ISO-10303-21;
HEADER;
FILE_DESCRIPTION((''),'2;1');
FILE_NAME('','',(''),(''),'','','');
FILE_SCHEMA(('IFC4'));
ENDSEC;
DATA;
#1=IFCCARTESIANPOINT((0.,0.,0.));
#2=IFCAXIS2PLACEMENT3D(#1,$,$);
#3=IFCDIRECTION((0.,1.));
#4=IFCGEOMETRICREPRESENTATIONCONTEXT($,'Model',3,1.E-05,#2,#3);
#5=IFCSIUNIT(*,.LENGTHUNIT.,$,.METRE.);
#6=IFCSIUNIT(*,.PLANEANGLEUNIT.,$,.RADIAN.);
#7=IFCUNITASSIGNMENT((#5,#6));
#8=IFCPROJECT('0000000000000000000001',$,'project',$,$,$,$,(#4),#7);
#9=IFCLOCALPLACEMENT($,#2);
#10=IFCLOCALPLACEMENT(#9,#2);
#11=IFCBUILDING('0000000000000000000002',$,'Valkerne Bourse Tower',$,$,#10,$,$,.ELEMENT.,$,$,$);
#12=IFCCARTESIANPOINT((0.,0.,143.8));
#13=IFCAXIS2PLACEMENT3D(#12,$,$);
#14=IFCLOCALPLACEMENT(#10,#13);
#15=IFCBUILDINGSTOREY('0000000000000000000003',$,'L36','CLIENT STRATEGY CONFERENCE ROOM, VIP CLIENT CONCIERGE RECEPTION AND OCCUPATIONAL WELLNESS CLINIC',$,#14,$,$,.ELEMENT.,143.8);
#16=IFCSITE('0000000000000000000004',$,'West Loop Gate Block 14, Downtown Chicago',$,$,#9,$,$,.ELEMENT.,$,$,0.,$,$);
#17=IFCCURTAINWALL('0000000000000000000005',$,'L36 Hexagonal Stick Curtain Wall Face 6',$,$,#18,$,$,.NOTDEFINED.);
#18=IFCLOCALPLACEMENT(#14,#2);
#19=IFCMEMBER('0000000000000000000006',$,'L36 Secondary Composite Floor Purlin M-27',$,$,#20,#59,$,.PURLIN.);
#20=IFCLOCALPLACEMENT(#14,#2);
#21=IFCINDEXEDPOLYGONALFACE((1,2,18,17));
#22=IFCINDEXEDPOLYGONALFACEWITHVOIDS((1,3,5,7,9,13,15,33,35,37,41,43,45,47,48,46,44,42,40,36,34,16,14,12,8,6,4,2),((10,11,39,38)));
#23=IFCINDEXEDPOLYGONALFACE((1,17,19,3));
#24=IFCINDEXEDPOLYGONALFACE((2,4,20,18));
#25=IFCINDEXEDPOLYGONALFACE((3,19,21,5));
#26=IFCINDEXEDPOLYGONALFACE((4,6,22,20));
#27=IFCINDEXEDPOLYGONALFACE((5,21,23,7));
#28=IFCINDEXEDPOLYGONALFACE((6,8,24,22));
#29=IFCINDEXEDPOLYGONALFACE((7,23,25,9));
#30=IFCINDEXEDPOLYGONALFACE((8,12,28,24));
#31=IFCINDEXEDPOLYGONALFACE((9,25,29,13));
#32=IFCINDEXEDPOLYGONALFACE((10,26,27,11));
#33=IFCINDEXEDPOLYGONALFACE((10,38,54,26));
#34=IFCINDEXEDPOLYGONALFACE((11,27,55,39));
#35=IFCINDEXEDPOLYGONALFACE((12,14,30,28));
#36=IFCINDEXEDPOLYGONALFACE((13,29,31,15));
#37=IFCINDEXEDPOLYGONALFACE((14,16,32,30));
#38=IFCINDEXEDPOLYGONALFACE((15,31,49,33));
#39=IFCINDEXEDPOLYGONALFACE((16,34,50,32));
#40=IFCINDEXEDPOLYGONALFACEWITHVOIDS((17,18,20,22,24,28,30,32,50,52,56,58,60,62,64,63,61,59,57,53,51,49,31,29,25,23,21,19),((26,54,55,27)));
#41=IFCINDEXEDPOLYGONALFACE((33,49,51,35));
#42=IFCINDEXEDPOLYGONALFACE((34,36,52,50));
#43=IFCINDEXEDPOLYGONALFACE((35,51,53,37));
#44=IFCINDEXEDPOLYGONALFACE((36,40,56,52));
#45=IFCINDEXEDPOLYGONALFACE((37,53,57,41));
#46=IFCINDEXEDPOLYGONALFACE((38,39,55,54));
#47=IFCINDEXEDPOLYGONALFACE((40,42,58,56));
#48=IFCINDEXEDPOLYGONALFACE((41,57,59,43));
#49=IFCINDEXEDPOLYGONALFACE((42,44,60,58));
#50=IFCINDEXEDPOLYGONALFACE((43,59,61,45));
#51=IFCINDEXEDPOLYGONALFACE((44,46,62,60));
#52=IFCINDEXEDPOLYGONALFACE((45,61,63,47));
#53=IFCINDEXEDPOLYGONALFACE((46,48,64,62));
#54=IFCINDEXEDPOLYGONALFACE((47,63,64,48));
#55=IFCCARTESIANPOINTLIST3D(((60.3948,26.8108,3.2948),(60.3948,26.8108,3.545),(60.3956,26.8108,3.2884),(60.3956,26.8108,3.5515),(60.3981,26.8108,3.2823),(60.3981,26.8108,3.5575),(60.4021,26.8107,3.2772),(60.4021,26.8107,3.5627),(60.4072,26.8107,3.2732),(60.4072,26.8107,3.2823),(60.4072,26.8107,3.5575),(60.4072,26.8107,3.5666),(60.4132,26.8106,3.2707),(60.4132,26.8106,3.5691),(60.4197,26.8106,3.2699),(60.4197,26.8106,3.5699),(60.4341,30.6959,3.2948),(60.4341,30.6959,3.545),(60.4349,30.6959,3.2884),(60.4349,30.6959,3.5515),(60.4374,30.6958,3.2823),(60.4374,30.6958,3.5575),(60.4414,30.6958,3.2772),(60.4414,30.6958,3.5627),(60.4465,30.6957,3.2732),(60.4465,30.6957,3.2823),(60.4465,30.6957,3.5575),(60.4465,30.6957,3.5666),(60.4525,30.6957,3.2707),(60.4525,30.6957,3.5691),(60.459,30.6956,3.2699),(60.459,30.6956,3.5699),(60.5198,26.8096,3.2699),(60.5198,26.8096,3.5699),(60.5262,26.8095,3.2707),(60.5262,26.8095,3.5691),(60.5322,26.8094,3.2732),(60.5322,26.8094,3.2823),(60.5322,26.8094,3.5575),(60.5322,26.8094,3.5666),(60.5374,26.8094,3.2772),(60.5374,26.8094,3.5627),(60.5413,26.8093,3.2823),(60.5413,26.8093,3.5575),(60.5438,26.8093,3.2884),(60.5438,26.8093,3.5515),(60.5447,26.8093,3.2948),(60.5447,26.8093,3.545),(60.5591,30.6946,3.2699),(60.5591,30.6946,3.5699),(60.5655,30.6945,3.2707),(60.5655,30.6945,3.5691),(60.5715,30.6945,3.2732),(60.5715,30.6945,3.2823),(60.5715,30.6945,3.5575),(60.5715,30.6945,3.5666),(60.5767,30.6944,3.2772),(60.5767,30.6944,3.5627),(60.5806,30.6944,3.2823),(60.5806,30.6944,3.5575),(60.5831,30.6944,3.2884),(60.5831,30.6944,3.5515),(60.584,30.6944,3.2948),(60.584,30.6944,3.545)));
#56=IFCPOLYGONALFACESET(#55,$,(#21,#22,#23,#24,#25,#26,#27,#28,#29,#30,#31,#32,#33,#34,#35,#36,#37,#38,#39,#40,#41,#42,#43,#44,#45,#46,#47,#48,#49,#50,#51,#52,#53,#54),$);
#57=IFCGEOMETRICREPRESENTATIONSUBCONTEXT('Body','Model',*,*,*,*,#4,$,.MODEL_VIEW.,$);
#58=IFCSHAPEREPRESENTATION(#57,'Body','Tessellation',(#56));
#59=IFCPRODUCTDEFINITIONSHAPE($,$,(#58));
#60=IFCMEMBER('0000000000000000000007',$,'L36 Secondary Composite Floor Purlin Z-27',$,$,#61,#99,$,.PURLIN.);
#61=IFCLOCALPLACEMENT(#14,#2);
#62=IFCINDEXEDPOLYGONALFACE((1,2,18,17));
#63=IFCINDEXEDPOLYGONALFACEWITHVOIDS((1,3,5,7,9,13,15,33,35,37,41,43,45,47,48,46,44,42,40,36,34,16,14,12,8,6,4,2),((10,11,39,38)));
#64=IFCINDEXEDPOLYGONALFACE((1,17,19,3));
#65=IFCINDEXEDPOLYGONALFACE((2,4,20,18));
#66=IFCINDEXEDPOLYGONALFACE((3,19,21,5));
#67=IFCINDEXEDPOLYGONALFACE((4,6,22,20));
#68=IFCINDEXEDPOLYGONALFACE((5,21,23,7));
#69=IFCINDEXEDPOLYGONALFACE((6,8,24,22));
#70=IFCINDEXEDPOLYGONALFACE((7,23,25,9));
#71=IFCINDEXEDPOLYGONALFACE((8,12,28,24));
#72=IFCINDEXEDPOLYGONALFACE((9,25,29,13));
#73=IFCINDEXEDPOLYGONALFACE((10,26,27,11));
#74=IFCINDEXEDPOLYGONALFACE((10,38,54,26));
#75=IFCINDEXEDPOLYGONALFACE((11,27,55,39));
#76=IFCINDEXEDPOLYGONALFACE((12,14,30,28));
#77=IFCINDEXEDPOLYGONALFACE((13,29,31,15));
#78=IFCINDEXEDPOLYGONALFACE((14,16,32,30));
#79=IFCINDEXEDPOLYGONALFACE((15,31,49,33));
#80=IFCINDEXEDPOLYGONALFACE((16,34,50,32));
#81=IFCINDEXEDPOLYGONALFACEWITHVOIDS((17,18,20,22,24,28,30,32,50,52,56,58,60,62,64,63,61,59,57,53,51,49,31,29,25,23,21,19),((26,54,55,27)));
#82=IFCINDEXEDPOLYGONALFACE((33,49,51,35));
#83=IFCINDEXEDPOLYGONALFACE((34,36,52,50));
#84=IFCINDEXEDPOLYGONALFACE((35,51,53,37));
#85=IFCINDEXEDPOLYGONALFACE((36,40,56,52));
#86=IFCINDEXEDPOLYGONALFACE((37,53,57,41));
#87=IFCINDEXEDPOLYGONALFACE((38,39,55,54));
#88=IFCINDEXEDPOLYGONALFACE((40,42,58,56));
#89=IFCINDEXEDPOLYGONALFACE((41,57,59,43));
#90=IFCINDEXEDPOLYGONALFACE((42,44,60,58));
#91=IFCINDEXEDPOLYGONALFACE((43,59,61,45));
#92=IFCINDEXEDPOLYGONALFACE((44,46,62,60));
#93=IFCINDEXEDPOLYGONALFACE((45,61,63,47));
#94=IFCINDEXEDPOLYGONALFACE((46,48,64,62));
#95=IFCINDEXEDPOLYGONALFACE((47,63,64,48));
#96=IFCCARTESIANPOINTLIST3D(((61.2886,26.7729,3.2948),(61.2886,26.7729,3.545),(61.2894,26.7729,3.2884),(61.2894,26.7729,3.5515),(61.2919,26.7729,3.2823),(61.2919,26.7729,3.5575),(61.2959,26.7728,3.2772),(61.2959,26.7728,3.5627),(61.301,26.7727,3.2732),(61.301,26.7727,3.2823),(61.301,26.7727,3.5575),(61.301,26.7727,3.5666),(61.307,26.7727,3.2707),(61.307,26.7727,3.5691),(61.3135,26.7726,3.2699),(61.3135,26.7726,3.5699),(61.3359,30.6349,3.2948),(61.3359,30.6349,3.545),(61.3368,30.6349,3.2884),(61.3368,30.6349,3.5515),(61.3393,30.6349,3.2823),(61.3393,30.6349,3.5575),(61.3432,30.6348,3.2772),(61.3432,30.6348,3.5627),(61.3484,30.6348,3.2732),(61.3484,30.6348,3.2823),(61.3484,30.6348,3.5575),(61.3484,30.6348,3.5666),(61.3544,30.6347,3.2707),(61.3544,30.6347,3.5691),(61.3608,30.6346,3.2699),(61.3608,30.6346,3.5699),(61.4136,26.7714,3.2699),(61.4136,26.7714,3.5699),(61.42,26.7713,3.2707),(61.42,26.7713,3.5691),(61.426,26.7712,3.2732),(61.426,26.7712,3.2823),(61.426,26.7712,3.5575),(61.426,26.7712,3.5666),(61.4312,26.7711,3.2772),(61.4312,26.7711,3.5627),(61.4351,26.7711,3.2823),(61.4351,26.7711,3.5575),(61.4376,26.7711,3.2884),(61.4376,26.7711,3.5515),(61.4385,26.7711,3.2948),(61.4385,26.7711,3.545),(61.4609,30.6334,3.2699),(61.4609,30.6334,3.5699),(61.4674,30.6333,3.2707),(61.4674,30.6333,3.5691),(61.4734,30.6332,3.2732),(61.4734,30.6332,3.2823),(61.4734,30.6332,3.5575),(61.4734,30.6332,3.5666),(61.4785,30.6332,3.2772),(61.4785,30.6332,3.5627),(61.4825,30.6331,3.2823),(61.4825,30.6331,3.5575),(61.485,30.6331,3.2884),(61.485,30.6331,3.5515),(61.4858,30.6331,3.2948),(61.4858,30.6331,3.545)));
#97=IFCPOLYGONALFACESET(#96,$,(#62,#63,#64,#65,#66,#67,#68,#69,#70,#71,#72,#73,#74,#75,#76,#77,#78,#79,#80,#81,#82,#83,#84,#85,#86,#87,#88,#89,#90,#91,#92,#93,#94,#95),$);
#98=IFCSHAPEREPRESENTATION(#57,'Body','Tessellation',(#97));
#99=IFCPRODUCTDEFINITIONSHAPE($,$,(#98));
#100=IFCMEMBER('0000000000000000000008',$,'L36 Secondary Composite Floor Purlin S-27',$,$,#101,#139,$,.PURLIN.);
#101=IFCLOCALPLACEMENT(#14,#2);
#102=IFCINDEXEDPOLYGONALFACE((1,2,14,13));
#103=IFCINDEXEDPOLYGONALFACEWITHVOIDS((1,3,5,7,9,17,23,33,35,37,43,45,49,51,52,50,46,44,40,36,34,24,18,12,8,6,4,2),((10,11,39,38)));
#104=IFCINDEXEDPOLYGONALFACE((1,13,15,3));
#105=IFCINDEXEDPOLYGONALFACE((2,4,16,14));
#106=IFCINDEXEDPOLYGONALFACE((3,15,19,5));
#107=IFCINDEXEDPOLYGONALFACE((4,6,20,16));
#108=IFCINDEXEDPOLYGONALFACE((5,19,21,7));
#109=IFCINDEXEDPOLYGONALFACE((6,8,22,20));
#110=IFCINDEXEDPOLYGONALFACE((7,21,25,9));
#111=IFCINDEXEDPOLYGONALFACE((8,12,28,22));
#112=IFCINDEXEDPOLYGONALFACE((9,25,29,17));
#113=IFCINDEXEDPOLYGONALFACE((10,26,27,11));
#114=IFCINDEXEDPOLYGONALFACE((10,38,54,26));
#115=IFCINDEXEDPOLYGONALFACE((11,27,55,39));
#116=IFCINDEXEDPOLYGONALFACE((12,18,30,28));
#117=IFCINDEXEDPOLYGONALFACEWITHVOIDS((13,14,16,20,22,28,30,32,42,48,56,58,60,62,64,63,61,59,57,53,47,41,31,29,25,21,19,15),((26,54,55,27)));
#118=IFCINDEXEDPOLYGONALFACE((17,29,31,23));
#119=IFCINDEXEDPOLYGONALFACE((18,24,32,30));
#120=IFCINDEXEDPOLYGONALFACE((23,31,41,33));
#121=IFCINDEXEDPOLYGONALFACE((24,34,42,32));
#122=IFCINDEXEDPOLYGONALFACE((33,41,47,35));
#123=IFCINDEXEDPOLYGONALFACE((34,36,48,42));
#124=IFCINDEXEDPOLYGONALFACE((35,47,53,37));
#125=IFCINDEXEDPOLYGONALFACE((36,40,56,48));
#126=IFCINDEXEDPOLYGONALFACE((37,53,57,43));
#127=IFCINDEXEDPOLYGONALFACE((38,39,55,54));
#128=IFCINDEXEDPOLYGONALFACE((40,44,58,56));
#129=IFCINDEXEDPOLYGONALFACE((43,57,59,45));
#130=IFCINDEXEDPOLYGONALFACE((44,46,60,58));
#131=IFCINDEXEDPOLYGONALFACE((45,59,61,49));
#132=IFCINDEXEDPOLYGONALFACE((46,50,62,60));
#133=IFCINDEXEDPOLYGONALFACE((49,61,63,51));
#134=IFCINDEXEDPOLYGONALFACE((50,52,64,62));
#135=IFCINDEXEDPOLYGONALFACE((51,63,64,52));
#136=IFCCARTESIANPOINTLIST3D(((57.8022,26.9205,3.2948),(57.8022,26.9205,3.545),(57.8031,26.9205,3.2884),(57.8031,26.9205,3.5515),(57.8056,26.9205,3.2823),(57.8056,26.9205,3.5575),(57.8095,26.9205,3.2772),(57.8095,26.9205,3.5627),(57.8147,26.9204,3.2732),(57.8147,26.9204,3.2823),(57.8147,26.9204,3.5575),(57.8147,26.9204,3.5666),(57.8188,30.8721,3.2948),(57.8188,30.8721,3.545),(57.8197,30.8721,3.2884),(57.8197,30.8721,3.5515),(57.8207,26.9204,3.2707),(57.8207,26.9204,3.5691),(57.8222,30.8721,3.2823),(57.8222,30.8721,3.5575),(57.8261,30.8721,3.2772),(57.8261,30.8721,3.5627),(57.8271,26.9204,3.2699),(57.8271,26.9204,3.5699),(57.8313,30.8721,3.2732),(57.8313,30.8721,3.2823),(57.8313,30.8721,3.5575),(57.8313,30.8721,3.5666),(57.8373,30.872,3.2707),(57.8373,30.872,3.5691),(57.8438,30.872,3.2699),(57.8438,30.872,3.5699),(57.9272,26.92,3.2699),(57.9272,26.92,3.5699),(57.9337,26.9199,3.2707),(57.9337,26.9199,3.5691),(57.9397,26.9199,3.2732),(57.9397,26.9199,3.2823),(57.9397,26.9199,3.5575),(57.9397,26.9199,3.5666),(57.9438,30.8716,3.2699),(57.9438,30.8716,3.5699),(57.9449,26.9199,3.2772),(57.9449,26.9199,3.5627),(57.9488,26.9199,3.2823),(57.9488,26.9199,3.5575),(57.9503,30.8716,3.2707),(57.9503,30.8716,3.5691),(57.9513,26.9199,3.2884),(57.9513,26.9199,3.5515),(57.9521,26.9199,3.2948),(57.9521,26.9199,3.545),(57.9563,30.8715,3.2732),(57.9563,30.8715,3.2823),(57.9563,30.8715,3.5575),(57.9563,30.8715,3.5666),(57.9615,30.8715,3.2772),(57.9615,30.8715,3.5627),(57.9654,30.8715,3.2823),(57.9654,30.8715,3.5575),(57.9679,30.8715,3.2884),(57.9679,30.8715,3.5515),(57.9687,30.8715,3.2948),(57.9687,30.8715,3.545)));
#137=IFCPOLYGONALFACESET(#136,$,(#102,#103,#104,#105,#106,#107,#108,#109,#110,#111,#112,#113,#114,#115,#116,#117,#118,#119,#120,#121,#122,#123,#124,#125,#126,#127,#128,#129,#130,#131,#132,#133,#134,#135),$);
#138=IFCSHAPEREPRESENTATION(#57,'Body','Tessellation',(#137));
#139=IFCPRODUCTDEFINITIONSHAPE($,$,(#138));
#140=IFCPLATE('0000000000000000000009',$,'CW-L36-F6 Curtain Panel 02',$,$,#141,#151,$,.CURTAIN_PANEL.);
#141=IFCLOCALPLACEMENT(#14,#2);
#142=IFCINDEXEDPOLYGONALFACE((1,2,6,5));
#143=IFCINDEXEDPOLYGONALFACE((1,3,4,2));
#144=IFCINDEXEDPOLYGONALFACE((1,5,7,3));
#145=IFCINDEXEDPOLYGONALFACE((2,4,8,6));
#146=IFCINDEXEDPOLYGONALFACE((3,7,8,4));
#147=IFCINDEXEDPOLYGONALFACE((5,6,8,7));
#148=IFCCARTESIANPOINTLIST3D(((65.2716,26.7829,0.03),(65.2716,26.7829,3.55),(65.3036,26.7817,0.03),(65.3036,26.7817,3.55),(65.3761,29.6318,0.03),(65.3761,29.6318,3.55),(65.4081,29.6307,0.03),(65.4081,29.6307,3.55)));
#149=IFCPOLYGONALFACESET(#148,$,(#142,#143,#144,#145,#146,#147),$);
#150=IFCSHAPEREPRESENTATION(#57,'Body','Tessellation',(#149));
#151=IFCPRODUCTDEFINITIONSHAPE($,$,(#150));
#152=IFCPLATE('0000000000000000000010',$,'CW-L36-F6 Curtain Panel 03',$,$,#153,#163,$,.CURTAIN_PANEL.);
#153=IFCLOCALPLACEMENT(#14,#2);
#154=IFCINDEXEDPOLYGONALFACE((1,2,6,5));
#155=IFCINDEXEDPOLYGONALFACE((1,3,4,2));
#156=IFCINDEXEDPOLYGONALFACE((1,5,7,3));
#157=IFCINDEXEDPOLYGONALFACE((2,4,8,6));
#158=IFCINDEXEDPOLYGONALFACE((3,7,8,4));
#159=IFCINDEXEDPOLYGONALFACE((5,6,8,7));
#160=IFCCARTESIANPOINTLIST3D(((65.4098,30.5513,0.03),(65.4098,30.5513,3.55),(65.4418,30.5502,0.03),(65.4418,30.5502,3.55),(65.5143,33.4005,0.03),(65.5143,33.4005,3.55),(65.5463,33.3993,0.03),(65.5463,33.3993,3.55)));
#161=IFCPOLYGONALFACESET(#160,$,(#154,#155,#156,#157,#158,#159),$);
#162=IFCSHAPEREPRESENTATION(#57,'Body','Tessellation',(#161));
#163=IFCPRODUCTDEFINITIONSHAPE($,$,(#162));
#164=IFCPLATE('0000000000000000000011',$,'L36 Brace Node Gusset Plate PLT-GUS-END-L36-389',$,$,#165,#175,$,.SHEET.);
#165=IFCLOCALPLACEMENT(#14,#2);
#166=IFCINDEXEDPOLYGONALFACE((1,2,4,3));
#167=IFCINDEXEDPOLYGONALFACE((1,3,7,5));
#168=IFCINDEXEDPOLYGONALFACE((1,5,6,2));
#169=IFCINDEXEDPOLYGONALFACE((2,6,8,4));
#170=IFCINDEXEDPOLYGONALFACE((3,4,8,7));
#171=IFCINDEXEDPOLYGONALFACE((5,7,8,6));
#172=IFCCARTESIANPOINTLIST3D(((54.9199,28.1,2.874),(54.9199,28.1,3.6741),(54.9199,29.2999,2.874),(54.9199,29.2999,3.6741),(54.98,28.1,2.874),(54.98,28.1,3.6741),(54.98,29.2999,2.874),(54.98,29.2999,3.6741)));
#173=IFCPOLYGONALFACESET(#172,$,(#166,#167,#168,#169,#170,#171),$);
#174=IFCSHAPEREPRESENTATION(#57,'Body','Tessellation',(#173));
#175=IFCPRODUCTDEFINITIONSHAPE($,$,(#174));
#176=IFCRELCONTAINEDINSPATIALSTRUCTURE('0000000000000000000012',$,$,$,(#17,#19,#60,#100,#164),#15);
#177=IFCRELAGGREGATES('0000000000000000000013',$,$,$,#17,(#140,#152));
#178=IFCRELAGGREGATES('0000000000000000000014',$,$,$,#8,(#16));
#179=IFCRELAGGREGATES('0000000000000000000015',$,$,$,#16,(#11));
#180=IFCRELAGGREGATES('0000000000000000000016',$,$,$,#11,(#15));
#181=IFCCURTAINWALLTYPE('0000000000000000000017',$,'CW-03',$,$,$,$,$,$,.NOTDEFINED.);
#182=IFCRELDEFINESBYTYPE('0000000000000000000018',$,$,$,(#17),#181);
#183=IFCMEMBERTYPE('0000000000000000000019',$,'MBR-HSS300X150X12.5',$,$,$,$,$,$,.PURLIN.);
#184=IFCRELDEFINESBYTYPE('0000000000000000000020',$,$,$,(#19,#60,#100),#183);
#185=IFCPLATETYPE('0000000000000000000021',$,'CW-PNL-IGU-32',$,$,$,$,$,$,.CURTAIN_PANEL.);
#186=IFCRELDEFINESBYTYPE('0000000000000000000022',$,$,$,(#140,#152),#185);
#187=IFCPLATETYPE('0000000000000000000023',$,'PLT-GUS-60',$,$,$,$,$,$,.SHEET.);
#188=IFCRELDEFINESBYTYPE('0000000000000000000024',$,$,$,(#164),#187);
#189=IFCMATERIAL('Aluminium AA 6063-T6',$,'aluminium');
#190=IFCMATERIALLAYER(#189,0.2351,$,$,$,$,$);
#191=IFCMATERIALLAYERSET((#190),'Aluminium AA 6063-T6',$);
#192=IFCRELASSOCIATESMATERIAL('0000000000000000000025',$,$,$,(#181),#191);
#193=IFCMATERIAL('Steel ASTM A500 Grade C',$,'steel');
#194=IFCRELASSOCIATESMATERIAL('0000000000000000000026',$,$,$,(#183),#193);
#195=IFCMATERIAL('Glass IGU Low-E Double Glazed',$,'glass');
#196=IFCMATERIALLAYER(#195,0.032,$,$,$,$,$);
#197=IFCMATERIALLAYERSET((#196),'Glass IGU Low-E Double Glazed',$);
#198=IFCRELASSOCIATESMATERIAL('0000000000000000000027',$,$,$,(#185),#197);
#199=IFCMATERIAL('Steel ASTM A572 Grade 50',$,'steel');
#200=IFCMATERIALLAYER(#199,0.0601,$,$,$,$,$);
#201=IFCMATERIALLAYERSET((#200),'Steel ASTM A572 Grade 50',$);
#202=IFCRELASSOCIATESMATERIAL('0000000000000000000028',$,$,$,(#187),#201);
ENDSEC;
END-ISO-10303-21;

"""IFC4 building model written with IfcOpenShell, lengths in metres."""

from ifc_helpers import new_model, si_unit, direction, frame, origin, origin_2d, place, context, subcontext, project, spatial, rectangle, hollow_rectangle, extrude, material, layer, layer_set, material_profile, profile_set, type_object, element, aggregate, save


model = new_model("IFC4")

# Units and contexts
model_context = context("Model", 3, precision=1e-05, world=origin(), true_north=direction((0.0, 1.0)))
body_context = subcontext(model_context, "Body", "Model", "MODEL_VIEW")
ifc_project = project(units=[si_unit("LENGTHUNIT", "METRE"), si_unit("PLANEANGLEUNIT", "RADIAN")], contexts=[model_context])

# Site, building, storey
site_placement = place(None, origin())
site = spatial("IfcSite", under=ifc_project, at=site_placement, Name="West Loop Gate Block 14, Downtown Chicago", CompositionType="ELEMENT", RefElevation=0.0)
building_placement = place(site_placement, origin())
building = spatial("IfcBuilding", under=site, at=building_placement, Name="Valkerne Bourse Tower", CompositionType="ELEMENT")
storey_placement = place(building_placement, frame((0.0, 0.0, 143.8)))
storey = spatial("IfcBuildingStorey", under=building, at=storey_placement, Name="L36", Description="CLIENT STRATEGY CONFERENCE ROOM, VIP CLIENT CONCIERGE RECEPTION AND OCCUPATIONAL WELLNESS CLINIC", CompositionType="ELEMENT", Elevation=143.8)

# Curtain wall
ifc_material_1 = material(Name="Aluminium AA 6063-T6", Category="aluminium")
ifc_layer_1 = layer(ifc_material_1, 0.2351)
ifc_layer_set_1 = layer_set([ifc_layer_1], Name="Aluminium AA 6063-T6")
curtain_wall_type = type_object("IfcCurtainWallType", Name="CW-03", PredefinedType="NOTDEFINED", material=ifc_layer_set_1)
curtain_wall_placement = place(storey_placement, origin())
curtain_wall = element("IfcCurtainWall", 1, at=curtain_wall_placement, inside=storey, type_object=curtain_wall_type, Name="L36 Hexagonal Stick Curtain Wall Face 6", PredefinedType="NOTDEFINED")

# Members
ifc_material_2 = material(Name="Steel ASTM A500 Grade C", Category="steel")
ifc_material_profile_1 = material_profile(ifc_material_2, hollow_rectangle(XDim=0.1499, YDim=0.3, WallThickness=0.0125, OuterFilletRadius=0.0249, at=origin_2d()), Name="HSS300X150X12.5")
ifc_profile_set_1 = profile_set([ifc_material_profile_1], Name="Steel ASTM A500 Grade C")
member_type_1 = type_object("IfcMemberType", Name="MBR-HSS300X150X12.5", PredefinedType="PURLIN", material=ifc_profile_set_1)
member_1_placement = place(storey_placement, frame((60.4697, 26.8101, 3.4199), z_axis=(0.010117, 0.999949, 0.0), x_axis=(-0.999949, 0.010117, 0.0)))
element("IfcMember", 2, at=member_1_placement, inside=storey, type_object=member_type_1, Name="L36 Secondary Composite Floor Purlin M-27", PredefinedType="PURLIN", context=body_context, shape_type="SweptSolid", body=[
    extrude(hollow_rectangle(XDim=0.1499, YDim=0.3, WallThickness=0.0125, OuterFilletRadius=0.0249, at=origin_2d()), origin(), (0.0, 0.0, 1.0), 3.8853),
])
member_2_placement = place(storey_placement, frame((61.3635, 26.772, 3.4199), z_axis=(0.012263, 0.999925, 0.0), x_axis=(-0.999925, 0.012263, 0.0)))
element("IfcMember", 3, at=member_2_placement, inside=storey, type_object=member_type_1, Name="L36 Secondary Composite Floor Purlin Z-27", PredefinedType="PURLIN", context=body_context, shape_type="SweptSolid", body=[
    extrude(hollow_rectangle(XDim=0.1499, YDim=0.3, WallThickness=0.0125, OuterFilletRadius=0.0249, at=origin_2d()), origin(), (0.0, 0.0, 1.0), 3.8623),
])
member_3_placement = place(storey_placement, frame((57.8772, 26.9202, 3.4199), z_axis=(0.004201, 0.999991, 0.0), x_axis=(-0.999991, 0.004201, 0.0)))
element("IfcMember", 4, at=member_3_placement, inside=storey, type_object=member_type_1, Name="L36 Secondary Composite Floor Purlin S-27", PredefinedType="PURLIN", context=body_context, shape_type="SweptSolid", body=[
    extrude(hollow_rectangle(XDim=0.1499, YDim=0.3, WallThickness=0.0125, OuterFilletRadius=0.0249, at=origin_2d()), origin(), (0.0, 0.0, 1.0), 3.9517),
])

# Plates
ifc_material_3 = material(Name="Glass IGU Low-E Double Glazed", Category="glass")
ifc_layer_2 = layer(ifc_material_3, 0.032)
ifc_layer_set_2 = layer_set([ifc_layer_2], Name="Glass IGU Low-E Double Glazed")
plate_type_1 = type_object("IfcPlateType", Name="CW-PNL-IGU-32", PredefinedType="CURTAIN_PANEL", material=ifc_layer_set_2)
plate_1_placement = place(storey_placement, frame((65.3398, 28.2068, 0.03), z_axis=(0.0, 0.0, 1.0), x_axis=(0.036649, 0.999328, 0.0)))
plate_1 = element("IfcPlate", 5, at=plate_1_placement, type_object=plate_type_1, Name="CW-L36-F6 Curtain Panel 02", PredefinedType="CURTAIN_PANEL", context=body_context, shape_type="SweptSolid", body=[
    extrude(rectangle(XDim=2.8508, YDim=0.032, at=origin_2d()), origin(), (0.0, 0.0, 1.0), 3.52),
])
plate_2_placement = place(storey_placement, frame((65.478, 31.9753, 0.03), z_axis=(0.0, 0.0, 1.0), x_axis=(0.036648, 0.999328, 0.0)))
plate_2 = element("IfcPlate", 6, at=plate_2_placement, type_object=plate_type_1, Name="CW-L36-F6 Curtain Panel 03", PredefinedType="CURTAIN_PANEL", context=body_context, shape_type="SweptSolid", body=[
    extrude(rectangle(XDim=2.8511, YDim=0.032, at=origin_2d()), origin(), (0.0, 0.0, 1.0), 3.52),
])
aggregate(curtain_wall, [plate_1, plate_2])
ifc_material_4 = material(Name="Steel ASTM A572 Grade 50", Category="steel")
ifc_layer_3 = layer(ifc_material_4, 0.0601)
ifc_layer_set_3 = layer_set([ifc_layer_3], Name="Steel ASTM A572 Grade 50")
plate_type_2 = type_object("IfcPlateType", Name="PLT-GUS-60", PredefinedType="SHEET", material=ifc_layer_set_3)
plate_3_placement = place(storey_placement, frame((54.95, 28.7, 2.874), z_axis=(0.0, 0.0, 1.0), x_axis=(0.0, 1.0, 0.0)))
element("IfcPlate", 7, at=plate_3_placement, inside=storey, type_object=plate_type_2, Name="L36 Brace Node Gusset Plate PLT-GUS-END-L36-389", PredefinedType="SHEET", context=body_context, shape_type="SweptSolid", body=[
    extrude(rectangle(XDim=1.2, YDim=0.0601, at=origin_2d()), origin(), (0.0, 0.0, 1.0), 0.8),
])

save(model, "model.ifc")
